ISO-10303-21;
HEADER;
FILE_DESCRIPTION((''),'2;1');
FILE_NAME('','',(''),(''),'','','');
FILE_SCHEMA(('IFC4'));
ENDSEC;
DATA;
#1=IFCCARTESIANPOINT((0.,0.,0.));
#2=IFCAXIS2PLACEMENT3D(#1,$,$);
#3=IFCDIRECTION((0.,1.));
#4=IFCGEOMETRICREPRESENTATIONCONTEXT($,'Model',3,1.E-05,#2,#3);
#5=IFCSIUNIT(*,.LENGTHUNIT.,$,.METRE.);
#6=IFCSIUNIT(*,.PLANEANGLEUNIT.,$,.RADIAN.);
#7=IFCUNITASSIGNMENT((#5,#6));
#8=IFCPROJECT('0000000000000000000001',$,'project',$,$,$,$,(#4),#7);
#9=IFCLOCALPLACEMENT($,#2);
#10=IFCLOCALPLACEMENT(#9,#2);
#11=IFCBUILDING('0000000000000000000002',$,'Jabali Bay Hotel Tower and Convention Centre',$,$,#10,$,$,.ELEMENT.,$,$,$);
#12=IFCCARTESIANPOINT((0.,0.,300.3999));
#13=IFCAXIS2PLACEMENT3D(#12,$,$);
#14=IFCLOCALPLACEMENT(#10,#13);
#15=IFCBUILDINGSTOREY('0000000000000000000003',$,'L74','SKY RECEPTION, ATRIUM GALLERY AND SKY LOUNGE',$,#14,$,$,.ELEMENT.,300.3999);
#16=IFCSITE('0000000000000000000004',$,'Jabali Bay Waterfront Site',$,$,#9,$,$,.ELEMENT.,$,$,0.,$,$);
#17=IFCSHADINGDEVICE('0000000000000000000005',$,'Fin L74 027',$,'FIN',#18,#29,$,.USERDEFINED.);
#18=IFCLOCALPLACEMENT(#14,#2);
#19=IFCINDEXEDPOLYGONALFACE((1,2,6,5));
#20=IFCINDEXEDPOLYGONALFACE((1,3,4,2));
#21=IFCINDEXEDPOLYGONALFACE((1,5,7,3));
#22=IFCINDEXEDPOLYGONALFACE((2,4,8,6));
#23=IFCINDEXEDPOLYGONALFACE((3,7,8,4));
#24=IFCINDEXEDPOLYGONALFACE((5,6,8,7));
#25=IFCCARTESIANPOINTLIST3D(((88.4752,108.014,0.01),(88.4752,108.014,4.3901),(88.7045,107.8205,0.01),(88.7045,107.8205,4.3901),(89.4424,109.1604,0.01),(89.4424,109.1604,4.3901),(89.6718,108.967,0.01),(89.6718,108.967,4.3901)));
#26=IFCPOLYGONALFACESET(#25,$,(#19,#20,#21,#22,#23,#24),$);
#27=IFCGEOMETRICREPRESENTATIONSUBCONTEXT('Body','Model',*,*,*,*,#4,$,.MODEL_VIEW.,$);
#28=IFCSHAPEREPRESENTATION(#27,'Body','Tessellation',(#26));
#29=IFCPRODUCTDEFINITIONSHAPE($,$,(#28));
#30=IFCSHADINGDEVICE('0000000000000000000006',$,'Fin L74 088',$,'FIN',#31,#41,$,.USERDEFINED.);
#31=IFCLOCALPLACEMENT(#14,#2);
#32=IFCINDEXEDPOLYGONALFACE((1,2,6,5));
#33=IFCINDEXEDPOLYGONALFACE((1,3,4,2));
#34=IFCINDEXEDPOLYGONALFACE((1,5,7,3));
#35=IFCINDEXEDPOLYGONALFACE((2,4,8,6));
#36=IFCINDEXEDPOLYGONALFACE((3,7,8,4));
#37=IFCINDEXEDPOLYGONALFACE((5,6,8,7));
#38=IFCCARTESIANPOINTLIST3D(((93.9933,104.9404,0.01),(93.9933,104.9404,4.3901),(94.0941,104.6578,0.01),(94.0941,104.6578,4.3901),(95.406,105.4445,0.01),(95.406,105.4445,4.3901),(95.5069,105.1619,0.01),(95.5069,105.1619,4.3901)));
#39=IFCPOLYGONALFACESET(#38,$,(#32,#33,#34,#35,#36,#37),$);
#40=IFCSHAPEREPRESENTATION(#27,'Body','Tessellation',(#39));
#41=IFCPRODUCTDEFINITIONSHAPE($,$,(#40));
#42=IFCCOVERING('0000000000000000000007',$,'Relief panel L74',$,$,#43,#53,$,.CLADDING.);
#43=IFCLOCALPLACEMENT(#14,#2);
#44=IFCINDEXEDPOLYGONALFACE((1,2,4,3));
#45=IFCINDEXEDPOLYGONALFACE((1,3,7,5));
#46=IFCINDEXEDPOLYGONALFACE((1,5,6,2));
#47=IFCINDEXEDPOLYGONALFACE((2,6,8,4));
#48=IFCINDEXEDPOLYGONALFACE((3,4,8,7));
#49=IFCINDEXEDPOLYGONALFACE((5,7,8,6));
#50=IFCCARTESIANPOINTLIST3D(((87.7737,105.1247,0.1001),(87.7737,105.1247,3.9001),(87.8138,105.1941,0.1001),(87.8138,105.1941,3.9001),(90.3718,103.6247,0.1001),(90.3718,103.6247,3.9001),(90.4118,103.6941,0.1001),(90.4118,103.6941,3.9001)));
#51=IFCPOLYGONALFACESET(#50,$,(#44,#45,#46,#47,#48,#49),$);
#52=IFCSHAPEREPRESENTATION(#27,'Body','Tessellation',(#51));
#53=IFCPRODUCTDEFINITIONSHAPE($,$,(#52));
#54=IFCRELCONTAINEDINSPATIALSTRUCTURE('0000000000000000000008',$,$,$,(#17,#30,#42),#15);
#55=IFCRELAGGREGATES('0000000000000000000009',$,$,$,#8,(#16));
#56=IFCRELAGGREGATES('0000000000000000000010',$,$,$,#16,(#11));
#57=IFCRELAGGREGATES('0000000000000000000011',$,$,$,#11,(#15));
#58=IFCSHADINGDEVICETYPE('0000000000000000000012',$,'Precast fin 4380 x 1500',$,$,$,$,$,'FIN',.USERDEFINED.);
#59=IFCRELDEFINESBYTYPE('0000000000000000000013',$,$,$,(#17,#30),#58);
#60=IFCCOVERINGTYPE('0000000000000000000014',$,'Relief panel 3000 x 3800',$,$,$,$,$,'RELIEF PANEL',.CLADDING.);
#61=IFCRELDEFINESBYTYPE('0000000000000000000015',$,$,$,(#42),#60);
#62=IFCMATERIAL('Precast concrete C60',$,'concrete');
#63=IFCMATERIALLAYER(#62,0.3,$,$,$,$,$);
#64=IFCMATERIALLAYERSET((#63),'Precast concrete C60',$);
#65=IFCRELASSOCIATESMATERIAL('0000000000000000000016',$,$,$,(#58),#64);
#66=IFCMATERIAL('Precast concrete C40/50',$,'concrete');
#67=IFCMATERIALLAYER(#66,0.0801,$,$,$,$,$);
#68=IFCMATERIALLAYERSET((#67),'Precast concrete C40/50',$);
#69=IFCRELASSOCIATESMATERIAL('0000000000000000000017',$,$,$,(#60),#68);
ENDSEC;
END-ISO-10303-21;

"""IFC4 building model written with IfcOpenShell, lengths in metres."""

from ifc_helpers import new_model, si_unit, direction, frame, frame_2d, origin, origin_2d, place, context, subcontext, project, spatial, rectangle, extrude, material, layer, layer_set, type_object, element, save


model = new_model("IFC4")

# Units and contexts
model_context = context("Model", 3, precision=1e-05, world=origin(), true_north=direction((0.0, 1.0)))
body_context = subcontext(model_context, "Body", "Model", "MODEL_VIEW")
ifc_project = project(units=[si_unit("LENGTHUNIT", "METRE"), si_unit("PLANEANGLEUNIT", "RADIAN")], contexts=[model_context])

# Site, building, storey
site_placement = place(None, origin())
site = spatial("IfcSite", under=ifc_project, at=site_placement, Name="Jabali Bay Waterfront Site", CompositionType="ELEMENT", RefElevation=0.0)
building_placement = place(site_placement, origin())
building = spatial("IfcBuilding", under=site, at=building_placement, Name="Jabali Bay Hotel Tower and Convention Centre", CompositionType="ELEMENT")
storey_placement = place(building_placement, frame((0.0, 0.0, 300.3999)))
storey = spatial("IfcBuildingStorey", under=building, at=storey_placement, Name="L74", Description="SKY RECEPTION, ATRIUM GALLERY AND SKY LOUNGE", CompositionType="ELEMENT", Elevation=300.3999)

# Shading devices
ifc_material_1 = material(Name="Precast concrete C60", Category="concrete")
ifc_layer_1 = layer(ifc_material_1, 0.3)
ifc_layer_set_1 = layer_set([ifc_layer_1], Name="Precast concrete C60")
shading_device_type = type_object("IfcShadingDeviceType", Name="Precast fin 4380 x 1500", ElementType="FIN", PredefinedType="USERDEFINED", material=ifc_layer_set_1)
for number, where, z_axis, x_axis, name in (
    (1, (88.5898, 107.9172, 0.01), (0.0, 0.0, 1.0), (0.644847, 0.764312, 0.0), "Fin L74 027"),
    (2, (94.0437, 104.7991, 0.01), (0.0, 0.0, 1.0), (0.941834, 0.336079, 0.0), "Fin L74 088"),
):
    element("IfcShadingDevice", number, at=place(storey_placement, frame(where, z_axis=z_axis, x_axis=x_axis)), inside=storey, type_object=shading_device_type, Name=name, ObjectType="FIN", PredefinedType="USERDEFINED", context=body_context, shape_type="SweptSolid", body=[
        extrude(rectangle(XDim=1.5, YDim=0.3, at=frame_2d((0.75, 0.0))), origin(), (0.0, 0.0, 1.0), 4.3801),
    ])

# Covering
ifc_material_2 = material(Name="Precast concrete C40/50", Category="concrete")
ifc_layer_2 = layer(ifc_material_2, 0.0801)
ifc_layer_set_2 = layer_set([ifc_layer_2], Name="Precast concrete C40/50")
covering_type = type_object("IfcCoveringType", Name="Relief panel 3000 x 3800", ElementType="RELIEF PANEL", PredefinedType="CLADDING", material=ifc_layer_set_2)
covering_placement = place(storey_placement, frame((89.0928, 104.4094, 0.1001), z_axis=(0.0, 0.0, 1.0), x_axis=(0.866025, -0.5, 0.0)))
element("IfcCovering", 3, at=covering_placement, inside=storey, type_object=covering_type, Name="Relief panel L74", PredefinedType="CLADDING", context=body_context, shape_type="SweptSolid", body=[
    extrude(rectangle(XDim=3.0, YDim=0.0801, at=origin_2d()), origin(), (0.0, 0.0, 1.0), 3.8),
])

save(model, "model.ifc")
